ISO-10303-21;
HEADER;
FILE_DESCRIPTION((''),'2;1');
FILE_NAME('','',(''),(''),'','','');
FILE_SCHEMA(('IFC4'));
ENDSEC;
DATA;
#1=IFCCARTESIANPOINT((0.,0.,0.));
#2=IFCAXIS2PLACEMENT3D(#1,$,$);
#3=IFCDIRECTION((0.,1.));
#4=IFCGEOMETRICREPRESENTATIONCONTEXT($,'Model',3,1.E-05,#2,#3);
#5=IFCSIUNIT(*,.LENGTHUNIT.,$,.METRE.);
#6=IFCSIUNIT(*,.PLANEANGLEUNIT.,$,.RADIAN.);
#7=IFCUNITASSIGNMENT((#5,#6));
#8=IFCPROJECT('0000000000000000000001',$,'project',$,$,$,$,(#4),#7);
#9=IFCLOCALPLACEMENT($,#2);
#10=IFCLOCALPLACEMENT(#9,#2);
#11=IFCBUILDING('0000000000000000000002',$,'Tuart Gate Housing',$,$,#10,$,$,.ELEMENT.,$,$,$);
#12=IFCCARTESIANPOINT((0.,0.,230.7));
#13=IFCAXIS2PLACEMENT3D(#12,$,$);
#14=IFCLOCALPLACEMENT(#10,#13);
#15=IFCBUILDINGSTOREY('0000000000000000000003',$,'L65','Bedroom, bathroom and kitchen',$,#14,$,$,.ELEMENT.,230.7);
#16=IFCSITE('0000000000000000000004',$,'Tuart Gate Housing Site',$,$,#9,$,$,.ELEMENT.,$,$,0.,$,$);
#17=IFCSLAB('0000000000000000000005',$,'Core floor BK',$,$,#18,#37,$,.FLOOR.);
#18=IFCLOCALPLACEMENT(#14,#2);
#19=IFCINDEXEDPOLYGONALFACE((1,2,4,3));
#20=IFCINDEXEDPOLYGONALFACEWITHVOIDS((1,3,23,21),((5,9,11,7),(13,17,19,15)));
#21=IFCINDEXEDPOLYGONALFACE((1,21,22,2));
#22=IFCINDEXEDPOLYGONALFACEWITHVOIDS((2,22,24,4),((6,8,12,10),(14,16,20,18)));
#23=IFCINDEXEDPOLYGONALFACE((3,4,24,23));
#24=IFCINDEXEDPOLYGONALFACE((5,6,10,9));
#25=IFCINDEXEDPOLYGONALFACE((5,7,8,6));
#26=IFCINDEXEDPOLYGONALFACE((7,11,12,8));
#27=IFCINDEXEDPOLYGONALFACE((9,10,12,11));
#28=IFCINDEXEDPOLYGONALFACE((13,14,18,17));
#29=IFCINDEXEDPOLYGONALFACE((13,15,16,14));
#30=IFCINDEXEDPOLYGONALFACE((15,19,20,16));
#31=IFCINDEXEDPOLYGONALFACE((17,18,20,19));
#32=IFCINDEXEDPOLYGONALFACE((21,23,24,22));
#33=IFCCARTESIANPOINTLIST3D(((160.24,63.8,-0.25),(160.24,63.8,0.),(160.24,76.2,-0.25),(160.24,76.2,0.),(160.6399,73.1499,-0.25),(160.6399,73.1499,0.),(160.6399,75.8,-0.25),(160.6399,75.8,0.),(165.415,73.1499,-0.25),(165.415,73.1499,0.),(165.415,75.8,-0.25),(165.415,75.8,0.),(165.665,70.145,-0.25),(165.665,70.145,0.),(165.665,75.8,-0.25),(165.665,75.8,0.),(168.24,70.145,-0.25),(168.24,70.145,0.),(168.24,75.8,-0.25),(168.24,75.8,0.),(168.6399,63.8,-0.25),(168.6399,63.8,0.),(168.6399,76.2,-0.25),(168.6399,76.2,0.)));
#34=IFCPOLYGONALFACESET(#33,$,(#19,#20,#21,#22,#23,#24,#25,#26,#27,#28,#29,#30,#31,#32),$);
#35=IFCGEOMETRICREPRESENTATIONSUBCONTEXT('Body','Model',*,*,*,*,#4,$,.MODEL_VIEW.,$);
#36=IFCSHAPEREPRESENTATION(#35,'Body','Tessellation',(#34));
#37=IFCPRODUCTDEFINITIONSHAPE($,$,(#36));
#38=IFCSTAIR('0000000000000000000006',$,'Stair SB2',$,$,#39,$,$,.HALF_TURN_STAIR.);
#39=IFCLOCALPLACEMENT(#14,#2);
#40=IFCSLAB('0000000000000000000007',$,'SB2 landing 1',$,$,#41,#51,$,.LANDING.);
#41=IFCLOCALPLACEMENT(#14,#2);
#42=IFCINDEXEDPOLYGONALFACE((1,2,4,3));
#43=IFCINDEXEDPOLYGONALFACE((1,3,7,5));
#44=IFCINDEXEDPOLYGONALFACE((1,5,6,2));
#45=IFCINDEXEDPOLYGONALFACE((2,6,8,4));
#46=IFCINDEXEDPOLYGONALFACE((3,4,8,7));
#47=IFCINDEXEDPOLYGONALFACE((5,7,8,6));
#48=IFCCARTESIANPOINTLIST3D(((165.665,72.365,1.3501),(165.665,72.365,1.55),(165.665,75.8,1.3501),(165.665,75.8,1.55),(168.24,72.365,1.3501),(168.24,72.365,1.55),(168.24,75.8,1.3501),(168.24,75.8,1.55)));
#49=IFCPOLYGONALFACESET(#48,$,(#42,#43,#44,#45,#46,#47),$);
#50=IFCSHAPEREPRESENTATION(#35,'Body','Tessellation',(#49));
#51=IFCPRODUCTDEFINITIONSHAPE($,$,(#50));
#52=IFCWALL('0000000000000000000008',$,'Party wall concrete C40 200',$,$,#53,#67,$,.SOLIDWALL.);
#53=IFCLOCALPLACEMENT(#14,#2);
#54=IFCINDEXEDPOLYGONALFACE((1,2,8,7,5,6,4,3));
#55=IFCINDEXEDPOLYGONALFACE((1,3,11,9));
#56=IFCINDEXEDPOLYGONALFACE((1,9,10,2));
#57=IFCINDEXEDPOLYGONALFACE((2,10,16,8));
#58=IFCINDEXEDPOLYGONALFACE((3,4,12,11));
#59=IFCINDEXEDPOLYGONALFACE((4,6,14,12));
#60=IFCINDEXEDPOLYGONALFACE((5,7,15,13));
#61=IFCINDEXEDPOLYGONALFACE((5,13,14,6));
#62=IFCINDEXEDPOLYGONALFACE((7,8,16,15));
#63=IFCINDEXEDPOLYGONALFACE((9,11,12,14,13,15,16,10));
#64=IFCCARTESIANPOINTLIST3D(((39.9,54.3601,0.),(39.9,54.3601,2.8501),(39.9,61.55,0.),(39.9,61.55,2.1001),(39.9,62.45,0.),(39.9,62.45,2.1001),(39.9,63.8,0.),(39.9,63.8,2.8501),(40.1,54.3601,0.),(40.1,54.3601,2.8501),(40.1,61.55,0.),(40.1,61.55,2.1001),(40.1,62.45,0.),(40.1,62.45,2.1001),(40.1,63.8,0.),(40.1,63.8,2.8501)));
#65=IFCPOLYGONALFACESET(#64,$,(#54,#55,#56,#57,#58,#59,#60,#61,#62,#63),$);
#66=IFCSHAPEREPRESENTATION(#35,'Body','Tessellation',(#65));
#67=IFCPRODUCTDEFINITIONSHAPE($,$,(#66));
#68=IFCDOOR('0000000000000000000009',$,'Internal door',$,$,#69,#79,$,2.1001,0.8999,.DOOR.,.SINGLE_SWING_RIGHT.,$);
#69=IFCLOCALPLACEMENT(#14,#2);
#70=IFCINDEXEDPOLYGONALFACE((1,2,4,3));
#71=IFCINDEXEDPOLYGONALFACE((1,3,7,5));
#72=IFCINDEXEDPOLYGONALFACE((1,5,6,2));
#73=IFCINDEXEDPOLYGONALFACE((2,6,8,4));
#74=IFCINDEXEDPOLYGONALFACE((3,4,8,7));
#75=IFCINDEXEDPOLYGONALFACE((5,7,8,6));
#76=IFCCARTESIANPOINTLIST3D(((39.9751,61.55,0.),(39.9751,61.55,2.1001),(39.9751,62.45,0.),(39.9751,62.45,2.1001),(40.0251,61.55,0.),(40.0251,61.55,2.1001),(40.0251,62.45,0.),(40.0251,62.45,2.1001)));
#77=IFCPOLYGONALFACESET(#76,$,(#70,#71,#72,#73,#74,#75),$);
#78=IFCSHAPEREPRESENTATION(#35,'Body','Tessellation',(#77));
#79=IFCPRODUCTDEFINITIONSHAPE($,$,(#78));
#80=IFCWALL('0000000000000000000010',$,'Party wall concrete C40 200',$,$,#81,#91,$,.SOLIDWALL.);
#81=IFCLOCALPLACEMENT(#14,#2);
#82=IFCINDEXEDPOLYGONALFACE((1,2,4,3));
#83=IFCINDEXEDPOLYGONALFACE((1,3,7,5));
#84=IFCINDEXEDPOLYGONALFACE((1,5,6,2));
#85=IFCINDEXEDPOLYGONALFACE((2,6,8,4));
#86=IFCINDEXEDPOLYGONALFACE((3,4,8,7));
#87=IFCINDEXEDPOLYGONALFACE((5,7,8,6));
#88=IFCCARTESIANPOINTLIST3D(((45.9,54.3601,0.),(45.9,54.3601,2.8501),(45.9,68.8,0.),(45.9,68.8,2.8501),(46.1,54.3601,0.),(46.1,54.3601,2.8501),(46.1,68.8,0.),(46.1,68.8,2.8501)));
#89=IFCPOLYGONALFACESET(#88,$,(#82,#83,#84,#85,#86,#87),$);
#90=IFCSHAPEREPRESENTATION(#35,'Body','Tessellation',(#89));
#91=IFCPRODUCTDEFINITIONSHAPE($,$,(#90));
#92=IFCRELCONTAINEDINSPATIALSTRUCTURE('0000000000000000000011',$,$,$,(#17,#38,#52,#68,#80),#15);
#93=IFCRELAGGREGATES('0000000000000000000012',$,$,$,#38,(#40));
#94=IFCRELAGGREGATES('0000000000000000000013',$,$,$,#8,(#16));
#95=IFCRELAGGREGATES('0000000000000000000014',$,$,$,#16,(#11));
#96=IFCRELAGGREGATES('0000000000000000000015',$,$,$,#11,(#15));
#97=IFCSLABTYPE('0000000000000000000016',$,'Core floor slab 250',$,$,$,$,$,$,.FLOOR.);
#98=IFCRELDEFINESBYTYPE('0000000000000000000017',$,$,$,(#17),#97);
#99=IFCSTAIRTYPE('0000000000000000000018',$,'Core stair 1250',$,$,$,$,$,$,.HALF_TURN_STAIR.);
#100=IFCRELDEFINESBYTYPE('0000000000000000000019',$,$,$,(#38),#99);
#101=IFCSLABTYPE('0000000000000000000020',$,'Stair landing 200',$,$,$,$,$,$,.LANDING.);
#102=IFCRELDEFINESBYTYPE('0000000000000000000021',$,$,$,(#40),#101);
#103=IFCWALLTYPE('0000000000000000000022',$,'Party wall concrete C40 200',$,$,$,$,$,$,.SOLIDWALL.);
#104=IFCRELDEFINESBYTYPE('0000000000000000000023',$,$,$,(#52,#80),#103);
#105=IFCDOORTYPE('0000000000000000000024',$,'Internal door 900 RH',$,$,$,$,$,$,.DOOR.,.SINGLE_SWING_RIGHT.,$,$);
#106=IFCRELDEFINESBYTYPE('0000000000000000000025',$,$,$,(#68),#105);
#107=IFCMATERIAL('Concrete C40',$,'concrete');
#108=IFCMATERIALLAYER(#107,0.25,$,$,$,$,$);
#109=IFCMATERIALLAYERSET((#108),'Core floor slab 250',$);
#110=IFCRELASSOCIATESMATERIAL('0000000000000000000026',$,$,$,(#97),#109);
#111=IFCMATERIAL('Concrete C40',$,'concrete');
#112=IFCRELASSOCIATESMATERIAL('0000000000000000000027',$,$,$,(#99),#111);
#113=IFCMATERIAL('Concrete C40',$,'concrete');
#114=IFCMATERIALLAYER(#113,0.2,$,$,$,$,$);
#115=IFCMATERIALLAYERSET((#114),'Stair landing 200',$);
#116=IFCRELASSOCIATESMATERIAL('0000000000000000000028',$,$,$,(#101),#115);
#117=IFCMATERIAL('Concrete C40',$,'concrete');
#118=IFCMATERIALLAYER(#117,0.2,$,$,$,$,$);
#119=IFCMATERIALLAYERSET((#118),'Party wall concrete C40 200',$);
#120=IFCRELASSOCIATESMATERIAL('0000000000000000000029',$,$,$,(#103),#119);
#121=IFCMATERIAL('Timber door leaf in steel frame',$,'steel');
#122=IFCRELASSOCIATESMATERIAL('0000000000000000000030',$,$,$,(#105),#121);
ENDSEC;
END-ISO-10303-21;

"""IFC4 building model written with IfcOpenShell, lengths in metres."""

from ifc_helpers import new_model, si_unit, direction, frame, frame_2d, origin, place, context, subcontext, project, spatial, polyline, rectangle, outline, extrude, material, layer, layer_set, type_object, element, fill, aggregate, save


model = new_model("IFC4")

# Units and contexts
model_context = context("Model", 3, precision=1e-05, world=origin(), true_north=direction((0.0, 1.0)))
body_context = subcontext(model_context, "Body", "Model", "MODEL_VIEW")
ifc_project = project(units=[si_unit("LENGTHUNIT", "METRE"), si_unit("PLANEANGLEUNIT", "RADIAN")], contexts=[model_context])

# Site, building, storey
site_placement = place(None, origin())
site = spatial("IfcSite", under=ifc_project, at=site_placement, Name="Tuart Gate Housing Site", CompositionType="ELEMENT", RefElevation=0.0)
building_placement = place(site_placement, origin())
building = spatial("IfcBuilding", under=site, at=building_placement, Name="Tuart Gate Housing", CompositionType="ELEMENT")
storey_placement = place(building_placement, frame((0.0, 0.0, 230.7)))
storey = spatial("IfcBuildingStorey", under=building, at=storey_placement, Name="L65", Description="Bedroom, bathroom and kitchen", CompositionType="ELEMENT", Elevation=230.7)

# Slab
ifc_material_1 = material(Name="Concrete C40", Category="concrete")
ifc_layer_1 = layer(ifc_material_1, 0.25)
ifc_layer_set_1 = layer_set([ifc_layer_1], Name="Core floor slab 250")
slab_type_1 = type_object("IfcSlabType", Name="Core floor slab 250", PredefinedType="FLOOR", material=ifc_layer_set_1)
slab_1_placement = place(storey_placement, frame((0.0, 0.0, -0.25)))
element("IfcSlab", 1, at=slab_1_placement, inside=storey, type_object=slab_type_1, Name="Core floor BK", PredefinedType="FLOOR", context=body_context, shape_type="SweptSolid", body=[
    extrude(outline(polyline([(160.24, 63.8), (168.6399, 63.8), (168.6399, 76.2), (160.24, 76.2), (160.24, 63.8)]), holes=[polyline([(160.6399, 73.1499), (165.415, 73.1499), (165.415, 75.8), (160.6399, 75.8), (160.6399, 73.1499)]), polyline([(165.665, 70.145), (168.24, 70.145), (168.24, 75.8), (165.665, 75.8), (165.665, 70.145)])]), origin(), (0.0, 0.0, 1.0), 0.25),
])

# Stair, slab
ifc_material_2 = material(Name="Concrete C40", Category="concrete")
stair_type = type_object("IfcStairType", Name="Core stair 1250", PredefinedType="HALF_TURN_STAIR", material=ifc_material_2)
stair_placement = place(storey_placement, origin())
stair = element("IfcStair", 2, at=stair_placement, inside=storey, type_object=stair_type, Name="Stair SB2", PredefinedType="HALF_TURN_STAIR")
ifc_material_3 = material(Name="Concrete C40", Category="concrete")
ifc_layer_2 = layer(ifc_material_3, 0.2)
ifc_layer_set_2 = layer_set([ifc_layer_2], Name="Stair landing 200")
slab_type_2 = type_object("IfcSlabType", Name="Stair landing 200", PredefinedType="LANDING", material=ifc_layer_set_2)
slab_2_placement = place(storey_placement, frame((0.0, 0.0, 1.3501)))
slab_2 = element("IfcSlab", 3, at=slab_2_placement, type_object=slab_type_2, Name="SB2 landing 1", PredefinedType="LANDING", context=body_context, shape_type="SweptSolid", body=[
    extrude(outline(polyline([(165.665, 72.365), (168.24, 72.365), (168.24, 75.8), (165.665, 75.8), (165.665, 72.365)])), origin(), (0.0, 0.0, 1.0), 0.2),
])
aggregate(stair, [slab_2])

# Wall, opening, door
ifc_material_4 = material(Name="Concrete C40", Category="concrete")
ifc_layer_3 = layer(ifc_material_4, 0.2)
ifc_layer_set_3 = layer_set([ifc_layer_3], Name="Party wall concrete C40 200")
wall_type_1 = type_object("IfcWallType", Name="Party wall concrete C40 200", PredefinedType="SOLIDWALL", material=ifc_layer_set_3)
wall_1_placement = place(storey_placement, frame((40.0, 54.3601, 0.0), z_axis=(0.0, 0.0, 1.0), x_axis=(0.0, 1.0, 0.0)))
wall_1 = element("IfcWall", 4, at=wall_1_placement, inside=storey, type_object=wall_type_1, Name="Party wall concrete C40 200", PredefinedType="SOLIDWALL", context=body_context, shape_type="SweptSolid", body=[
    extrude(rectangle(XDim=9.4399, YDim=0.2, at=frame_2d((4.72, 0.0))), origin(), (0.0, 0.0, 1.0), 2.8501),
])
opening_1_placement = place(wall_1_placement, frame((7.1899, 0.0, 0.0)))
opening_1 = element("IfcOpeningElement", 5, at=opening_1_placement, cuts=wall_1, PredefinedType="OPENING", context=body_context, shape_type="SweptSolid", body=[
    extrude(rectangle(XDim=0.8999, YDim=2.1001, at=frame_2d((0.45, 1.05))), frame((0.0, 0.1099, 0.0), z_axis=(0.0, -1.0, 0.0), x_axis=(1.0, 0.0, 0.0)), (0.0, 0.0, 1.0), 0.22),
])
ifc_material_5 = material(Name="Timber door leaf in steel frame", Category="steel")
door_type = type_object("IfcDoorType", Name="Internal door 900 RH", OperationType="SINGLE_SWING_RIGHT", PredefinedType="DOOR", material=ifc_material_5)
door_placement = place(opening_1_placement, frame((0.8999, 0.0, 0.0), z_axis=(0.0, 0.0, 1.0), x_axis=(-1.0, 0.0, 0.0)))
door = element("IfcDoor", 6, at=door_placement, inside=storey, type_object=door_type, Name="Internal door", OperationType="SINGLE_SWING_RIGHT", OverallHeight=2.1001, OverallWidth=0.8999, PredefinedType="DOOR", context=body_context, shape_type="SweptSolid", body=[
    extrude(rectangle(XDim=0.8999, YDim=2.1001, at=frame_2d((0.45, 1.05))), frame((0.0, 0.0251, 0.0), z_axis=(0.0, -1.0, 0.0), x_axis=(1.0, 0.0, 0.0)), (0.0, 0.0, 1.0), 0.05),
])
fill(opening_1, door)

# Wall
wall_2_placement = place(storey_placement, frame((46.0, 54.3601, 0.0), z_axis=(0.0, 0.0, 1.0), x_axis=(0.0, 1.0, 0.0)))
element("IfcWall", 7, at=wall_2_placement, inside=storey, type_object=wall_type_1, Name="Party wall concrete C40 200", PredefinedType="SOLIDWALL", context=body_context, shape_type="SweptSolid", body=[
    extrude(rectangle(XDim=14.4399, YDim=0.2, at=frame_2d((7.22, 0.0))), origin(), (0.0, 0.0, 1.0), 2.8501),
])

save(model, "model.ifc")
